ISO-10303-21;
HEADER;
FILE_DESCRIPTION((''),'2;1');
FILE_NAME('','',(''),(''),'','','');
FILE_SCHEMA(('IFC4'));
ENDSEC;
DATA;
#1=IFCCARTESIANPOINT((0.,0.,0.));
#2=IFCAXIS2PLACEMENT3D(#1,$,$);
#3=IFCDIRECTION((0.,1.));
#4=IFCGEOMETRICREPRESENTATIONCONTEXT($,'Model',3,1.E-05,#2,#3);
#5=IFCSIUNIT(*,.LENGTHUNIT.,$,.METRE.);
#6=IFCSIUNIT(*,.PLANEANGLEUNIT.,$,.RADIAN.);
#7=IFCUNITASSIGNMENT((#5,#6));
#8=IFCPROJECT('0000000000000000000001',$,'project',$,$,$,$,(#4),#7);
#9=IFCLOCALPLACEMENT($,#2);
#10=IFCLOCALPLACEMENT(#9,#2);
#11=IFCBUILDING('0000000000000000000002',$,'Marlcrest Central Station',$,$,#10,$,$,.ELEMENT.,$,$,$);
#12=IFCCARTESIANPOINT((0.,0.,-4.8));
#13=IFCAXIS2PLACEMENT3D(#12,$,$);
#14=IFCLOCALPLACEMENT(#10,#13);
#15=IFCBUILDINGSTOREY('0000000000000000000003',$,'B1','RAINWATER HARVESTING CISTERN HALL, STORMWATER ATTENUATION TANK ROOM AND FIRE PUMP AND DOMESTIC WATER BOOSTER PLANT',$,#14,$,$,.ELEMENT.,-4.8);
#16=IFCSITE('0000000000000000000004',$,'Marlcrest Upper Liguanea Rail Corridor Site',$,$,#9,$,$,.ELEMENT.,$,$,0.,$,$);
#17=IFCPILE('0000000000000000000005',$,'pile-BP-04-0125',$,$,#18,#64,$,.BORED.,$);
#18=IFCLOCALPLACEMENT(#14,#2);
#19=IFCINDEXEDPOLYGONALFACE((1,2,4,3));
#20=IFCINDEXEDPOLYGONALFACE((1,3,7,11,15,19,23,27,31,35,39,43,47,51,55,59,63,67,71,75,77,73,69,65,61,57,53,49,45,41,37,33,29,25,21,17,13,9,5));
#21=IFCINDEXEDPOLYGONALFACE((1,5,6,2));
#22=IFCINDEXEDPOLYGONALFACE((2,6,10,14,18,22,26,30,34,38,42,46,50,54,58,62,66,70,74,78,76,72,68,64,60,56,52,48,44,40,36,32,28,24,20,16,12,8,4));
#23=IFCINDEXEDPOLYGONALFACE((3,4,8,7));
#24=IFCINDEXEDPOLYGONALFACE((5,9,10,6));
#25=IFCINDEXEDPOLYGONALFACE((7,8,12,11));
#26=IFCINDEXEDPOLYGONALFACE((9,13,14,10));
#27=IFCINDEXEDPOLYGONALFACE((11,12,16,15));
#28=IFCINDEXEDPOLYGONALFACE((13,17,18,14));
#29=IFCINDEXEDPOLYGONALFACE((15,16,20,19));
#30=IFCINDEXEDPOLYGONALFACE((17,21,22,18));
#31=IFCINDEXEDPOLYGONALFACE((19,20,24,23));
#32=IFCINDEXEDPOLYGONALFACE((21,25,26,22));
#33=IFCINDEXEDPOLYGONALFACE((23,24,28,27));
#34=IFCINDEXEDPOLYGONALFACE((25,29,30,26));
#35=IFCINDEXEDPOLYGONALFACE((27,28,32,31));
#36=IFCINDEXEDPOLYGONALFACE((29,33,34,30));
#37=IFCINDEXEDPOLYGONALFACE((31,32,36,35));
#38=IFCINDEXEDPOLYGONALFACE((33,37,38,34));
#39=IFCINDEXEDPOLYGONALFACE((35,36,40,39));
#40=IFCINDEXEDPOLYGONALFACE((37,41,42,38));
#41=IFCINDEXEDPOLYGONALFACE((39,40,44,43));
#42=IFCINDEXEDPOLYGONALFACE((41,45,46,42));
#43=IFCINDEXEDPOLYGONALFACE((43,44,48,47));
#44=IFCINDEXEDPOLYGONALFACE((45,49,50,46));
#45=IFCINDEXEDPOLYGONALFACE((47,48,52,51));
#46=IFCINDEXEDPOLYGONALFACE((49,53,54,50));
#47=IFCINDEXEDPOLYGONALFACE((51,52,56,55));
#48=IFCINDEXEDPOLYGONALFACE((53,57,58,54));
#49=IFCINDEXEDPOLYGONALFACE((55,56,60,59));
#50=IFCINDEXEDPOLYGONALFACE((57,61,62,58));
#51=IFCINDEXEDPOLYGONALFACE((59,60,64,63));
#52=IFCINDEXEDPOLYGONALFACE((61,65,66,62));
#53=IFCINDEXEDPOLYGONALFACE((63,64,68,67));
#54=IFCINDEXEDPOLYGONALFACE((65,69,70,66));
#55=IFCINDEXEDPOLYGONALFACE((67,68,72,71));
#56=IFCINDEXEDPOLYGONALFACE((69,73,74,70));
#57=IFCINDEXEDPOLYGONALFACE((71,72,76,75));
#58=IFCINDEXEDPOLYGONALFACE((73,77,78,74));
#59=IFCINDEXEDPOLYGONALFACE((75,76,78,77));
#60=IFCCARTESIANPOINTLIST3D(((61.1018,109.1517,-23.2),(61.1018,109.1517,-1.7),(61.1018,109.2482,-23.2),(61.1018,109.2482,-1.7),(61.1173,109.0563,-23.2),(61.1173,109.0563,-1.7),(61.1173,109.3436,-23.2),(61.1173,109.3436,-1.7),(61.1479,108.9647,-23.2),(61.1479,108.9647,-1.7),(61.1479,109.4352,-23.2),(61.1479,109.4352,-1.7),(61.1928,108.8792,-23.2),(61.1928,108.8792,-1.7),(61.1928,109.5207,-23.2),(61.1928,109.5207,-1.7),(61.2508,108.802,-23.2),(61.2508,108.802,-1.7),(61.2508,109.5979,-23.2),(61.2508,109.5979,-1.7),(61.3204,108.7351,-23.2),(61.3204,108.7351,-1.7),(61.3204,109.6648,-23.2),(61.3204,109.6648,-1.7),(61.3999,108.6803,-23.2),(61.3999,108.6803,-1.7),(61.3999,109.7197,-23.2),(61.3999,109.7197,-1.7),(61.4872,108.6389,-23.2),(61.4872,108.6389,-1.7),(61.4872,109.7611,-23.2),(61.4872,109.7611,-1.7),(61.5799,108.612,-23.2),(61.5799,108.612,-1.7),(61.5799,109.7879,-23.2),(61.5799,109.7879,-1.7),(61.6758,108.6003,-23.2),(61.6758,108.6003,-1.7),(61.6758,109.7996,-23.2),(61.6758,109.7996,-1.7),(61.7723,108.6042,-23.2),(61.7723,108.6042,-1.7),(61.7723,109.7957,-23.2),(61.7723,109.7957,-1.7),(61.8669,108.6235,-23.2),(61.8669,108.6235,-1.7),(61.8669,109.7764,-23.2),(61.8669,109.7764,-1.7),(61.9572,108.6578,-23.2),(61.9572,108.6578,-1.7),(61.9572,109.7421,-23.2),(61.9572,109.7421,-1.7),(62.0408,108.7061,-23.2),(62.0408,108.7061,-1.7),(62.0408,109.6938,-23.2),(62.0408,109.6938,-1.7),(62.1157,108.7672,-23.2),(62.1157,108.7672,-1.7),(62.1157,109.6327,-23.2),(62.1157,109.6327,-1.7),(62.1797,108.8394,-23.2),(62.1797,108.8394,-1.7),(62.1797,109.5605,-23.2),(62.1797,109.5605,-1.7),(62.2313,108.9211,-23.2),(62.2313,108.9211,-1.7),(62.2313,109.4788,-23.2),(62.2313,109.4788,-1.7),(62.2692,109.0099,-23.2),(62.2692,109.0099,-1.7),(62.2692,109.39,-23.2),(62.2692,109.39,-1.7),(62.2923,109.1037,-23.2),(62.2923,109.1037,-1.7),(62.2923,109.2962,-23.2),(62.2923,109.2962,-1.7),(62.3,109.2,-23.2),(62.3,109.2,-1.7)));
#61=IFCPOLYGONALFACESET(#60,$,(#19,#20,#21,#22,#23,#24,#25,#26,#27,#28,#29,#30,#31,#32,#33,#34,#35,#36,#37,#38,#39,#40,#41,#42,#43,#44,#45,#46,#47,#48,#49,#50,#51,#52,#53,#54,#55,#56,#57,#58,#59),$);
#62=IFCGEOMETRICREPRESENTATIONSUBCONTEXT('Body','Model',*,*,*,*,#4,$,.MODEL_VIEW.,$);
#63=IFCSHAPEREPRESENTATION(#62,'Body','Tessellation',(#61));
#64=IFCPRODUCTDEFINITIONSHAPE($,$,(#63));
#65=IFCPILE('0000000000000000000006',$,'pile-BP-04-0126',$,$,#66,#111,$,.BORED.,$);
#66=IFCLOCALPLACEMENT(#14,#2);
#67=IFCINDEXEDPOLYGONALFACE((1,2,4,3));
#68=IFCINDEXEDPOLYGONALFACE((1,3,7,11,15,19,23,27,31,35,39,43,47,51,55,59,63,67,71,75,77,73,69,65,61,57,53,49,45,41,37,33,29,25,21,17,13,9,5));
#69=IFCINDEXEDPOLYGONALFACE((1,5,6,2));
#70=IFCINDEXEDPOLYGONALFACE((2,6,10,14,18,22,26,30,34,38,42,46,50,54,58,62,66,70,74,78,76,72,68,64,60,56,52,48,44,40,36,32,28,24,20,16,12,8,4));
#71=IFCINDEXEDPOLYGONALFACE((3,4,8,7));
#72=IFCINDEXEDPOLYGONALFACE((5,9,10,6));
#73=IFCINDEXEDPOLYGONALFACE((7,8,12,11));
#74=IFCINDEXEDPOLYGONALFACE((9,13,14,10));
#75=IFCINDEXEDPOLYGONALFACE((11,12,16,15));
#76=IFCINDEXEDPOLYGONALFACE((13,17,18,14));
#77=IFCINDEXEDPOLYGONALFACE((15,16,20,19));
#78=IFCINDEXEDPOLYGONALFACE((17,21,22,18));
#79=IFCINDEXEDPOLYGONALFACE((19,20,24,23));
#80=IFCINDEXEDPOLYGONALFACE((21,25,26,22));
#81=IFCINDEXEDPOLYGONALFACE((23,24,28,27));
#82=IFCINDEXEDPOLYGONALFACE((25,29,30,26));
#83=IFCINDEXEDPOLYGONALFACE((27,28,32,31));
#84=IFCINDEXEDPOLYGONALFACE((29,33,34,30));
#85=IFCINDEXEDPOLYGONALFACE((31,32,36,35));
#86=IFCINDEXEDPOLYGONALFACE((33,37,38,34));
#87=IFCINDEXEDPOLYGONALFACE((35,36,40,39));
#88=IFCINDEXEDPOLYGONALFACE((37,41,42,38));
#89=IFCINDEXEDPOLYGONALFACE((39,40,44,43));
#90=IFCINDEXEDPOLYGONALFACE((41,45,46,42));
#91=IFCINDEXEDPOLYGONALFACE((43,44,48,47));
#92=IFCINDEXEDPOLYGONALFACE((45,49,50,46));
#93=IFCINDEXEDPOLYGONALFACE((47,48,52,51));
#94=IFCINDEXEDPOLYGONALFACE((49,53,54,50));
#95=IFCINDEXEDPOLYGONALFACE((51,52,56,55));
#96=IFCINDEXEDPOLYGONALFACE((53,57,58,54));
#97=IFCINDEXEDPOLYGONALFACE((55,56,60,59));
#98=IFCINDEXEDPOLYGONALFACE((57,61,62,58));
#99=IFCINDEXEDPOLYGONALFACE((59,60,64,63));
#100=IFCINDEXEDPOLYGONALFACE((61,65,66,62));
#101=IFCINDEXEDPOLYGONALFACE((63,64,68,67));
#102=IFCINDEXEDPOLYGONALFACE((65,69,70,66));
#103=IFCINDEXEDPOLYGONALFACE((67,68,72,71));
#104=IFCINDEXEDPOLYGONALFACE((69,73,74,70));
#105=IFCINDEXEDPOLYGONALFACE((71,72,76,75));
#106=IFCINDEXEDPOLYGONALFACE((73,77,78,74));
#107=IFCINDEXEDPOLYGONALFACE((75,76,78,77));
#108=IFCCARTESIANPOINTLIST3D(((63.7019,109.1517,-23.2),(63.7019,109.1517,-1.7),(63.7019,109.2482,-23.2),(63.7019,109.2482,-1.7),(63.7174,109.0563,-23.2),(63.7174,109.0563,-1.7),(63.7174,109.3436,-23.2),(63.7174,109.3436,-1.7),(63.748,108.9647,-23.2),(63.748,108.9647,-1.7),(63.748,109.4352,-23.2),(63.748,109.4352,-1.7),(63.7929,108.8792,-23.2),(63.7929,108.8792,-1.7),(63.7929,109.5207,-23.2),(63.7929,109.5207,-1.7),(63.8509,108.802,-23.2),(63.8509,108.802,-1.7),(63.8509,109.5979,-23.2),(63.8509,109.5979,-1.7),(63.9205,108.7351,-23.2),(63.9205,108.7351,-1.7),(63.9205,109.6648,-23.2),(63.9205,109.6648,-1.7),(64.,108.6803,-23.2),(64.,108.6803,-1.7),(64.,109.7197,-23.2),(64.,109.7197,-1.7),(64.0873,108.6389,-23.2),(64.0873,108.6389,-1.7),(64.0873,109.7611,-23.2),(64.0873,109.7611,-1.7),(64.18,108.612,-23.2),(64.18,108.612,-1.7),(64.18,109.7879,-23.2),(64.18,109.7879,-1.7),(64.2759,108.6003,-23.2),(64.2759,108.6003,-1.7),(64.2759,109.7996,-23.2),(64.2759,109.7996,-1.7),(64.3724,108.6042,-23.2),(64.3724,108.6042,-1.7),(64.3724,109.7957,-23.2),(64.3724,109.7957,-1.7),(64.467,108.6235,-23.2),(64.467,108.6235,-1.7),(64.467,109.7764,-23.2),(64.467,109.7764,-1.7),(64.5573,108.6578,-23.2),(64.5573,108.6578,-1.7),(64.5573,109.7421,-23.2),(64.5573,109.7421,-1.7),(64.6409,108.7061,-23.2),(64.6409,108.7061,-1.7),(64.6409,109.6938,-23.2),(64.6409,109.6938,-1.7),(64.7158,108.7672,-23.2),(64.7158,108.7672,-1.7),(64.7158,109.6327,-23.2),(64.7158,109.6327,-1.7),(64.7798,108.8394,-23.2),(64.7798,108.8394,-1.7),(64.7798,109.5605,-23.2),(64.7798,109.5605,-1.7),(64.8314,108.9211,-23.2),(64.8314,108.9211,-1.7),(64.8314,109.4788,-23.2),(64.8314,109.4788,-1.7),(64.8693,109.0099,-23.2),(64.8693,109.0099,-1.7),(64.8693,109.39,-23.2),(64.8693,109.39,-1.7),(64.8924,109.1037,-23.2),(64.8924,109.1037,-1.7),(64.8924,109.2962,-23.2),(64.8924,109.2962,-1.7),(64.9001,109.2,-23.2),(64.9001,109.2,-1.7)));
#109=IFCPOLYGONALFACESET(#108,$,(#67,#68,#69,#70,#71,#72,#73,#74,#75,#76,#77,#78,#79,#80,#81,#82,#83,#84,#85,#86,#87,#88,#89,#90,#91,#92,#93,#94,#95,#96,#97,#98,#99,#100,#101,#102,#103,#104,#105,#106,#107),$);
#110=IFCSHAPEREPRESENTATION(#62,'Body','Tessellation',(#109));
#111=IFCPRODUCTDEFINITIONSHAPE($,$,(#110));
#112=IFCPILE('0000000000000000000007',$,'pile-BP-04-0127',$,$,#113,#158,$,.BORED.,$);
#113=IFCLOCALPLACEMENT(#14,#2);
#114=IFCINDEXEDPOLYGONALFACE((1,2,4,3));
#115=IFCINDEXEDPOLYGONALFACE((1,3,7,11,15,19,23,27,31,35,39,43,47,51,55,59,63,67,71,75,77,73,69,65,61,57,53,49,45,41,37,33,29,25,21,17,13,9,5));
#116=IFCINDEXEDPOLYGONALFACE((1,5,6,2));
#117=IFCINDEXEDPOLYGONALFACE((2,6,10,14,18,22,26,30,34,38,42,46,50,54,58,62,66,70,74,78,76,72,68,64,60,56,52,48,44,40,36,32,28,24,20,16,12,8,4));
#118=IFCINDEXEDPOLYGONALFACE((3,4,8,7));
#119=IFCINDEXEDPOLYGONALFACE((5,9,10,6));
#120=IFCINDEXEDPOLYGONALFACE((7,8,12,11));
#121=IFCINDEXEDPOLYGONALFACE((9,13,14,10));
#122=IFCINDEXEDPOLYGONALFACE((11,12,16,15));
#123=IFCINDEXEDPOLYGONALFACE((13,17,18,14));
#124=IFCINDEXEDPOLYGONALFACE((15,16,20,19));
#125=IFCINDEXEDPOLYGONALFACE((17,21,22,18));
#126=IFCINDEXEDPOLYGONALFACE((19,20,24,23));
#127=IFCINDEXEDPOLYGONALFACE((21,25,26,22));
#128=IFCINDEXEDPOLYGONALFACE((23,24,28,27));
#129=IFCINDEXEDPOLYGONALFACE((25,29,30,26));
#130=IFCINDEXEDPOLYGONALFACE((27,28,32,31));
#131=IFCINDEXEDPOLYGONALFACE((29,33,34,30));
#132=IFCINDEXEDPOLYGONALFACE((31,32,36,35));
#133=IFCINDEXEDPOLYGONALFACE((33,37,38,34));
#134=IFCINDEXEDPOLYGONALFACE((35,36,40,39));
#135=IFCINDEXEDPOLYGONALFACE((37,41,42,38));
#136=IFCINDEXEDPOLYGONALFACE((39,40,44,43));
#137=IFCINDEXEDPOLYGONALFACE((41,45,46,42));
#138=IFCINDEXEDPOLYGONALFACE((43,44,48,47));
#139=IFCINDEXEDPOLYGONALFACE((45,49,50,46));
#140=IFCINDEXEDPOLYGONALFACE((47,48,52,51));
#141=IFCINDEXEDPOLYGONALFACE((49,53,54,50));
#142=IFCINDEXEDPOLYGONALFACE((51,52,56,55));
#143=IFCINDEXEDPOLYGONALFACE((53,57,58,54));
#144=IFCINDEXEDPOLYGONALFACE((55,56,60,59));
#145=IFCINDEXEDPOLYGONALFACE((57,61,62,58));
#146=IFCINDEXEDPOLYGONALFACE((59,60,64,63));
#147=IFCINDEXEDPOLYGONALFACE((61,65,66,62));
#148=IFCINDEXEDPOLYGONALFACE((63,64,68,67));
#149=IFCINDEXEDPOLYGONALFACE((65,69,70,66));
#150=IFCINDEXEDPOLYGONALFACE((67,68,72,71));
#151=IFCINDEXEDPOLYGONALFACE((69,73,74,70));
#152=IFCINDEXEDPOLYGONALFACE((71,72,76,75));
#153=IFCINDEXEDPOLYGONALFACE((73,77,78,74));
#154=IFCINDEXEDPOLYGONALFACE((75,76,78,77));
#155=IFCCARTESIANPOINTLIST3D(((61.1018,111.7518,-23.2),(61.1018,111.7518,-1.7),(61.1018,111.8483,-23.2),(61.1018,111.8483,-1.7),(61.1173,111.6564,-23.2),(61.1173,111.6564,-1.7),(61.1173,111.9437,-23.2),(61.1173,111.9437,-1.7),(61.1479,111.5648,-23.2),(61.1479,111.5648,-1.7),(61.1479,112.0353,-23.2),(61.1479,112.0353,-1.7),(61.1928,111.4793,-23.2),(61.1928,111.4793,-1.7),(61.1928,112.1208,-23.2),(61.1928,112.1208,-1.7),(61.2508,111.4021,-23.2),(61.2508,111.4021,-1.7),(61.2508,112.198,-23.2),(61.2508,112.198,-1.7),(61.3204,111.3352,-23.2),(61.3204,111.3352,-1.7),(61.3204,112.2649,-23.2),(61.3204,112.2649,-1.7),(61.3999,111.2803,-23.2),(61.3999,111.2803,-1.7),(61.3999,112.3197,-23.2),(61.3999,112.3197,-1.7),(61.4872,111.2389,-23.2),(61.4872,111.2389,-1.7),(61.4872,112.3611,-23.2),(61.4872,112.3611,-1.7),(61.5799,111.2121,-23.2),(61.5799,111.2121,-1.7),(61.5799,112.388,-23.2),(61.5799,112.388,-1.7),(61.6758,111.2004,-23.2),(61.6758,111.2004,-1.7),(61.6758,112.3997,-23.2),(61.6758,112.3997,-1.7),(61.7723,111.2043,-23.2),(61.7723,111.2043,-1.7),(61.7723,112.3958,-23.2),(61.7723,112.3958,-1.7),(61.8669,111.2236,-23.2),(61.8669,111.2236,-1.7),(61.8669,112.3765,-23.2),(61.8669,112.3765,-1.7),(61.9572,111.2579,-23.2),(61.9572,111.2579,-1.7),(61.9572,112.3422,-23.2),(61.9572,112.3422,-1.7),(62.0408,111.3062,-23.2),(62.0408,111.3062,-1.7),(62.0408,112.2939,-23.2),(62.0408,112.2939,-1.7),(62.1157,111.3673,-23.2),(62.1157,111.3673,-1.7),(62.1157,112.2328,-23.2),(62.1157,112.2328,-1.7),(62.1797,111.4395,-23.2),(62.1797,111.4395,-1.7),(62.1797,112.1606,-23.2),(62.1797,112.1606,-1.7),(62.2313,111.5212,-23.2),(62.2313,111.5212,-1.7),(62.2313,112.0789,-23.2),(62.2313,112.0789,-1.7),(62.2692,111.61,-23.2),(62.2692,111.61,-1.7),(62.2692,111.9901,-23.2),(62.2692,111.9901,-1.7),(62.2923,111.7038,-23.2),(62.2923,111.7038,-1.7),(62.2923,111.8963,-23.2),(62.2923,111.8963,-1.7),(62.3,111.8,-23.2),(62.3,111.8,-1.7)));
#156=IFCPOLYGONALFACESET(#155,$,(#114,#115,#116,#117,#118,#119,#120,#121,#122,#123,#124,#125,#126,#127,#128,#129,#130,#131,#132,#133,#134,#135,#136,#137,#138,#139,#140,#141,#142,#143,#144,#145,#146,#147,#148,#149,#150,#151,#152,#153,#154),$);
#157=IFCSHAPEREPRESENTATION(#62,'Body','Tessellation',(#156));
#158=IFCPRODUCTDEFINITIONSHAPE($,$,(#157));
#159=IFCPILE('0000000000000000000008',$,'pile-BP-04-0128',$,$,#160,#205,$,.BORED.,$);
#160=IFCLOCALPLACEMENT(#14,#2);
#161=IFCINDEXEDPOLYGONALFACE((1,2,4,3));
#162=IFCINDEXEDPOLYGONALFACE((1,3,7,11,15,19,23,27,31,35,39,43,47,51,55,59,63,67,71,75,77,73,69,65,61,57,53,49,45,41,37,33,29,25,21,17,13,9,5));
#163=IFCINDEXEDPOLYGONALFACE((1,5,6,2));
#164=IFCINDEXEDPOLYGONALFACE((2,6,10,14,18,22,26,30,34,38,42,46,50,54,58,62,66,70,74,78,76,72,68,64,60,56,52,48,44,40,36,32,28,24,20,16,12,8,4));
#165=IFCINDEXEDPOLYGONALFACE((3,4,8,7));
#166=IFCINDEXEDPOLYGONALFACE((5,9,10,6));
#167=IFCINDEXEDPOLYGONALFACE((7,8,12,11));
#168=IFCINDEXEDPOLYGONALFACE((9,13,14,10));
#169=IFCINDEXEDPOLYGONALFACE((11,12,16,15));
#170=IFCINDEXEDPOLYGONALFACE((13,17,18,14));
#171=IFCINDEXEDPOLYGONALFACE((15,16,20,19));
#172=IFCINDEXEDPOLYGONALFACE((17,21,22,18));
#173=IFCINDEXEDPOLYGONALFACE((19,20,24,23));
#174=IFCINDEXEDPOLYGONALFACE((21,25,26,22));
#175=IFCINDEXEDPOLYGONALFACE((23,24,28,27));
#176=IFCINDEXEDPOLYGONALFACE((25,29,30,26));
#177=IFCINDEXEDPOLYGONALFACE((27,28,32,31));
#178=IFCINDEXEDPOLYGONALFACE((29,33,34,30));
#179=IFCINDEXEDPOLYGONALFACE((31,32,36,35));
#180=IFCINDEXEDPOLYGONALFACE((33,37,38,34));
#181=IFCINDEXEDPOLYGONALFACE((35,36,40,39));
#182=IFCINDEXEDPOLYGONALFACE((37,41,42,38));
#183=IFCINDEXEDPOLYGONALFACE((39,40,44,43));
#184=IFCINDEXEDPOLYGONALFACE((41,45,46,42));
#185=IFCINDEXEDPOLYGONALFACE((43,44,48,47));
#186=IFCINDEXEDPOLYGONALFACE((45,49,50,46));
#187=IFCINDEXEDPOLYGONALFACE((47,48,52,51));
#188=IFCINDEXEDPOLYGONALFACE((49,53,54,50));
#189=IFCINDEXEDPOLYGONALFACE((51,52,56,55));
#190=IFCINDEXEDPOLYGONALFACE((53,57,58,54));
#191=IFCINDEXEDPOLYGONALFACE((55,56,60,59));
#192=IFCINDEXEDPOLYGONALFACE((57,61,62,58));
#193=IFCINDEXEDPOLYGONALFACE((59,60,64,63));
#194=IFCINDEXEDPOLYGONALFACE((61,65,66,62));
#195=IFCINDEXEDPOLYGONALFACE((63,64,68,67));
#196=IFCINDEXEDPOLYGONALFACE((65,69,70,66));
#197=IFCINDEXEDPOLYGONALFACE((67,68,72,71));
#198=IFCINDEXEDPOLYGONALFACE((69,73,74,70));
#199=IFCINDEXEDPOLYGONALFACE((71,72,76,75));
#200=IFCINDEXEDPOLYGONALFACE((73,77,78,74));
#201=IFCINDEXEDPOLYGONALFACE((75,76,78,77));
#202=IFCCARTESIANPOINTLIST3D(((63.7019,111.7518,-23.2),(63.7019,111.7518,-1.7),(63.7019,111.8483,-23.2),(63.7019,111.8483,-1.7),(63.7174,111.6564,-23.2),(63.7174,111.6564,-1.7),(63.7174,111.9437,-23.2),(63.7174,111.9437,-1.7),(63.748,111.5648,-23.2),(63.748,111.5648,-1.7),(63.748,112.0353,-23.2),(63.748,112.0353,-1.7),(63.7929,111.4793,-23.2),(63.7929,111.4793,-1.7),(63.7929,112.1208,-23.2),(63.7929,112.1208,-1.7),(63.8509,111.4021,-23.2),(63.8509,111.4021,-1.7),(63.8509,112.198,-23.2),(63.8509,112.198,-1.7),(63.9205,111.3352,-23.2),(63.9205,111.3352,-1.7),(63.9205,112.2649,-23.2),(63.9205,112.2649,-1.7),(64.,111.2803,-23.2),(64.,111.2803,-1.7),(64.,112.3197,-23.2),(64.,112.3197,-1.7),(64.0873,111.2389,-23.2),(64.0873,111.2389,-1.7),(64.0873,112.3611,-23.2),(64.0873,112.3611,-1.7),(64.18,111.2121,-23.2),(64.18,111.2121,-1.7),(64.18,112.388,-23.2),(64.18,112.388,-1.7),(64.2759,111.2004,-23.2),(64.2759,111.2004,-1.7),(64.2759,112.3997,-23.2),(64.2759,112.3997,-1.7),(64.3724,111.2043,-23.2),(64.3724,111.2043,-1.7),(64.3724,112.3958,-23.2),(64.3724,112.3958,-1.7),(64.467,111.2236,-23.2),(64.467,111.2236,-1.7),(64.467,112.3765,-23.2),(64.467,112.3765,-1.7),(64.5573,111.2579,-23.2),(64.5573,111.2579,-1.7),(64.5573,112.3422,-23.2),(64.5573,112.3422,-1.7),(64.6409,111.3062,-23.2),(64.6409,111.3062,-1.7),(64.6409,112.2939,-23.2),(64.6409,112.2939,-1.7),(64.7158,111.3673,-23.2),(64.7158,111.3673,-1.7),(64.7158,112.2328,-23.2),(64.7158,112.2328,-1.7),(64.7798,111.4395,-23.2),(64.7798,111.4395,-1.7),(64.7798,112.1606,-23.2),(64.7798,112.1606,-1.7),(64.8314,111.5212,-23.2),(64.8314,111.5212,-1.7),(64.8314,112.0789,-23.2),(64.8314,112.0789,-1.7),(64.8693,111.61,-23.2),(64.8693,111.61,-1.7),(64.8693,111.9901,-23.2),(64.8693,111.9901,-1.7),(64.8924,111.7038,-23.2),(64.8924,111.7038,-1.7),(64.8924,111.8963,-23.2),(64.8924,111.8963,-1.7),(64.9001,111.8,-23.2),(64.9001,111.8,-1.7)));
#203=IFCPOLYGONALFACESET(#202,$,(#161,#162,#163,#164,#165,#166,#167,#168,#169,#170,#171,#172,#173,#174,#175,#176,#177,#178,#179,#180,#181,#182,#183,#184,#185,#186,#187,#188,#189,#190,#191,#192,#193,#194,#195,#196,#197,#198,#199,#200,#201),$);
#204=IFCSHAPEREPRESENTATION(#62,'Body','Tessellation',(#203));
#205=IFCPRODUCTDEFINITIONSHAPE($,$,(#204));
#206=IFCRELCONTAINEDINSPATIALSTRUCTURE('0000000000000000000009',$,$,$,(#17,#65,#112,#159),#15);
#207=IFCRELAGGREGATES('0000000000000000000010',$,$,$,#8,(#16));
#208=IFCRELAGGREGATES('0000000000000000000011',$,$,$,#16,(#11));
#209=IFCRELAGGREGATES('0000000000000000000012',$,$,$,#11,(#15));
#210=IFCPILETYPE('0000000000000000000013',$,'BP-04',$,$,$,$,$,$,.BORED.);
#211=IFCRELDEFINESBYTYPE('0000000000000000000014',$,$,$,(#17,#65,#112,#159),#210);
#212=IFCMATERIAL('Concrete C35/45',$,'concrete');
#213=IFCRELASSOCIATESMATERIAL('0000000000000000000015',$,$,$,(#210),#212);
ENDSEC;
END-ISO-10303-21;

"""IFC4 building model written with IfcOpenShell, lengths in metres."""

from ifc_helpers import new_model, si_unit, direction, frame, origin, origin_2d, place, context, subcontext, project, spatial, circle, extrude, material, material_profile, profile_set, type_object, element, save


model = new_model("IFC4")

# Units and contexts
model_context = context("Model", 3, precision=1e-05, world=origin(), true_north=direction((0.0, 1.0)))
body_context = subcontext(model_context, "Body", "Model", "MODEL_VIEW")
ifc_project = project(units=[si_unit("LENGTHUNIT", "METRE"), si_unit("PLANEANGLEUNIT", "RADIAN")], contexts=[model_context])

# Site, building, storey
site_placement = place(None, origin())
site = spatial("IfcSite", under=ifc_project, at=site_placement, Name="Marlcrest Upper Liguanea Rail Corridor Site", CompositionType="ELEMENT", RefElevation=0.0)
building_placement = place(site_placement, origin())
building = spatial("IfcBuilding", under=site, at=building_placement, Name="Marlcrest Central Station", CompositionType="ELEMENT")
storey_placement = place(building_placement, frame((0.0, 0.0, -4.8)))
storey = spatial("IfcBuildingStorey", under=building, at=storey_placement, Name="B1", Description="RAINWATER HARVESTING CISTERN HALL, STORMWATER ATTENUATION TANK ROOM AND FIRE PUMP AND DOMESTIC WATER BOOSTER PLANT", CompositionType="ELEMENT", Elevation=-4.8)

# Piles
ifc_material_1 = material(Name="Concrete C35/45", Category="concrete")
ifc_material_profile_1 = material_profile(ifc_material_1, circle(Radius=0.6001, at=origin_2d()), Name="PILE D1200")
ifc_profile_set_1 = profile_set([ifc_material_profile_1], Name="Concrete C35/45")
pile_type = type_object("IfcPileType", Name="BP-04", PredefinedType="BORED", material=ifc_profile_set_1)
for number, where, z_axis, x_axis, name in (
    (1, (61.7, 109.2, -1.7), (0.0, 0.0, -1.0), (1.0, 0.0, 0.0), "pile-BP-04-0125"),
    (2, (64.3, 109.2, -1.7), (0.0, 0.0, -1.0), (1.0, 0.0, 0.0), "pile-BP-04-0126"),
    (3, (61.7, 111.8, -1.7), (0.0, 0.0, -1.0), (1.0, 0.0, 0.0), "pile-BP-04-0127"),
    (4, (64.3, 111.8, -1.7), (0.0, 0.0, -1.0), (1.0, 0.0, 0.0), "pile-BP-04-0128"),
):
    element("IfcPile", number, at=place(storey_placement, frame(where, z_axis=z_axis, x_axis=x_axis)), inside=storey, type_object=pile_type, Name=name, PredefinedType="BORED", context=body_context, shape_type="SweptSolid", body=[
        extrude(circle(Radius=0.6001, at=origin_2d()), origin(), (0.0, 0.0, 1.0), 21.5),
    ])

save(model, "model.ifc")
